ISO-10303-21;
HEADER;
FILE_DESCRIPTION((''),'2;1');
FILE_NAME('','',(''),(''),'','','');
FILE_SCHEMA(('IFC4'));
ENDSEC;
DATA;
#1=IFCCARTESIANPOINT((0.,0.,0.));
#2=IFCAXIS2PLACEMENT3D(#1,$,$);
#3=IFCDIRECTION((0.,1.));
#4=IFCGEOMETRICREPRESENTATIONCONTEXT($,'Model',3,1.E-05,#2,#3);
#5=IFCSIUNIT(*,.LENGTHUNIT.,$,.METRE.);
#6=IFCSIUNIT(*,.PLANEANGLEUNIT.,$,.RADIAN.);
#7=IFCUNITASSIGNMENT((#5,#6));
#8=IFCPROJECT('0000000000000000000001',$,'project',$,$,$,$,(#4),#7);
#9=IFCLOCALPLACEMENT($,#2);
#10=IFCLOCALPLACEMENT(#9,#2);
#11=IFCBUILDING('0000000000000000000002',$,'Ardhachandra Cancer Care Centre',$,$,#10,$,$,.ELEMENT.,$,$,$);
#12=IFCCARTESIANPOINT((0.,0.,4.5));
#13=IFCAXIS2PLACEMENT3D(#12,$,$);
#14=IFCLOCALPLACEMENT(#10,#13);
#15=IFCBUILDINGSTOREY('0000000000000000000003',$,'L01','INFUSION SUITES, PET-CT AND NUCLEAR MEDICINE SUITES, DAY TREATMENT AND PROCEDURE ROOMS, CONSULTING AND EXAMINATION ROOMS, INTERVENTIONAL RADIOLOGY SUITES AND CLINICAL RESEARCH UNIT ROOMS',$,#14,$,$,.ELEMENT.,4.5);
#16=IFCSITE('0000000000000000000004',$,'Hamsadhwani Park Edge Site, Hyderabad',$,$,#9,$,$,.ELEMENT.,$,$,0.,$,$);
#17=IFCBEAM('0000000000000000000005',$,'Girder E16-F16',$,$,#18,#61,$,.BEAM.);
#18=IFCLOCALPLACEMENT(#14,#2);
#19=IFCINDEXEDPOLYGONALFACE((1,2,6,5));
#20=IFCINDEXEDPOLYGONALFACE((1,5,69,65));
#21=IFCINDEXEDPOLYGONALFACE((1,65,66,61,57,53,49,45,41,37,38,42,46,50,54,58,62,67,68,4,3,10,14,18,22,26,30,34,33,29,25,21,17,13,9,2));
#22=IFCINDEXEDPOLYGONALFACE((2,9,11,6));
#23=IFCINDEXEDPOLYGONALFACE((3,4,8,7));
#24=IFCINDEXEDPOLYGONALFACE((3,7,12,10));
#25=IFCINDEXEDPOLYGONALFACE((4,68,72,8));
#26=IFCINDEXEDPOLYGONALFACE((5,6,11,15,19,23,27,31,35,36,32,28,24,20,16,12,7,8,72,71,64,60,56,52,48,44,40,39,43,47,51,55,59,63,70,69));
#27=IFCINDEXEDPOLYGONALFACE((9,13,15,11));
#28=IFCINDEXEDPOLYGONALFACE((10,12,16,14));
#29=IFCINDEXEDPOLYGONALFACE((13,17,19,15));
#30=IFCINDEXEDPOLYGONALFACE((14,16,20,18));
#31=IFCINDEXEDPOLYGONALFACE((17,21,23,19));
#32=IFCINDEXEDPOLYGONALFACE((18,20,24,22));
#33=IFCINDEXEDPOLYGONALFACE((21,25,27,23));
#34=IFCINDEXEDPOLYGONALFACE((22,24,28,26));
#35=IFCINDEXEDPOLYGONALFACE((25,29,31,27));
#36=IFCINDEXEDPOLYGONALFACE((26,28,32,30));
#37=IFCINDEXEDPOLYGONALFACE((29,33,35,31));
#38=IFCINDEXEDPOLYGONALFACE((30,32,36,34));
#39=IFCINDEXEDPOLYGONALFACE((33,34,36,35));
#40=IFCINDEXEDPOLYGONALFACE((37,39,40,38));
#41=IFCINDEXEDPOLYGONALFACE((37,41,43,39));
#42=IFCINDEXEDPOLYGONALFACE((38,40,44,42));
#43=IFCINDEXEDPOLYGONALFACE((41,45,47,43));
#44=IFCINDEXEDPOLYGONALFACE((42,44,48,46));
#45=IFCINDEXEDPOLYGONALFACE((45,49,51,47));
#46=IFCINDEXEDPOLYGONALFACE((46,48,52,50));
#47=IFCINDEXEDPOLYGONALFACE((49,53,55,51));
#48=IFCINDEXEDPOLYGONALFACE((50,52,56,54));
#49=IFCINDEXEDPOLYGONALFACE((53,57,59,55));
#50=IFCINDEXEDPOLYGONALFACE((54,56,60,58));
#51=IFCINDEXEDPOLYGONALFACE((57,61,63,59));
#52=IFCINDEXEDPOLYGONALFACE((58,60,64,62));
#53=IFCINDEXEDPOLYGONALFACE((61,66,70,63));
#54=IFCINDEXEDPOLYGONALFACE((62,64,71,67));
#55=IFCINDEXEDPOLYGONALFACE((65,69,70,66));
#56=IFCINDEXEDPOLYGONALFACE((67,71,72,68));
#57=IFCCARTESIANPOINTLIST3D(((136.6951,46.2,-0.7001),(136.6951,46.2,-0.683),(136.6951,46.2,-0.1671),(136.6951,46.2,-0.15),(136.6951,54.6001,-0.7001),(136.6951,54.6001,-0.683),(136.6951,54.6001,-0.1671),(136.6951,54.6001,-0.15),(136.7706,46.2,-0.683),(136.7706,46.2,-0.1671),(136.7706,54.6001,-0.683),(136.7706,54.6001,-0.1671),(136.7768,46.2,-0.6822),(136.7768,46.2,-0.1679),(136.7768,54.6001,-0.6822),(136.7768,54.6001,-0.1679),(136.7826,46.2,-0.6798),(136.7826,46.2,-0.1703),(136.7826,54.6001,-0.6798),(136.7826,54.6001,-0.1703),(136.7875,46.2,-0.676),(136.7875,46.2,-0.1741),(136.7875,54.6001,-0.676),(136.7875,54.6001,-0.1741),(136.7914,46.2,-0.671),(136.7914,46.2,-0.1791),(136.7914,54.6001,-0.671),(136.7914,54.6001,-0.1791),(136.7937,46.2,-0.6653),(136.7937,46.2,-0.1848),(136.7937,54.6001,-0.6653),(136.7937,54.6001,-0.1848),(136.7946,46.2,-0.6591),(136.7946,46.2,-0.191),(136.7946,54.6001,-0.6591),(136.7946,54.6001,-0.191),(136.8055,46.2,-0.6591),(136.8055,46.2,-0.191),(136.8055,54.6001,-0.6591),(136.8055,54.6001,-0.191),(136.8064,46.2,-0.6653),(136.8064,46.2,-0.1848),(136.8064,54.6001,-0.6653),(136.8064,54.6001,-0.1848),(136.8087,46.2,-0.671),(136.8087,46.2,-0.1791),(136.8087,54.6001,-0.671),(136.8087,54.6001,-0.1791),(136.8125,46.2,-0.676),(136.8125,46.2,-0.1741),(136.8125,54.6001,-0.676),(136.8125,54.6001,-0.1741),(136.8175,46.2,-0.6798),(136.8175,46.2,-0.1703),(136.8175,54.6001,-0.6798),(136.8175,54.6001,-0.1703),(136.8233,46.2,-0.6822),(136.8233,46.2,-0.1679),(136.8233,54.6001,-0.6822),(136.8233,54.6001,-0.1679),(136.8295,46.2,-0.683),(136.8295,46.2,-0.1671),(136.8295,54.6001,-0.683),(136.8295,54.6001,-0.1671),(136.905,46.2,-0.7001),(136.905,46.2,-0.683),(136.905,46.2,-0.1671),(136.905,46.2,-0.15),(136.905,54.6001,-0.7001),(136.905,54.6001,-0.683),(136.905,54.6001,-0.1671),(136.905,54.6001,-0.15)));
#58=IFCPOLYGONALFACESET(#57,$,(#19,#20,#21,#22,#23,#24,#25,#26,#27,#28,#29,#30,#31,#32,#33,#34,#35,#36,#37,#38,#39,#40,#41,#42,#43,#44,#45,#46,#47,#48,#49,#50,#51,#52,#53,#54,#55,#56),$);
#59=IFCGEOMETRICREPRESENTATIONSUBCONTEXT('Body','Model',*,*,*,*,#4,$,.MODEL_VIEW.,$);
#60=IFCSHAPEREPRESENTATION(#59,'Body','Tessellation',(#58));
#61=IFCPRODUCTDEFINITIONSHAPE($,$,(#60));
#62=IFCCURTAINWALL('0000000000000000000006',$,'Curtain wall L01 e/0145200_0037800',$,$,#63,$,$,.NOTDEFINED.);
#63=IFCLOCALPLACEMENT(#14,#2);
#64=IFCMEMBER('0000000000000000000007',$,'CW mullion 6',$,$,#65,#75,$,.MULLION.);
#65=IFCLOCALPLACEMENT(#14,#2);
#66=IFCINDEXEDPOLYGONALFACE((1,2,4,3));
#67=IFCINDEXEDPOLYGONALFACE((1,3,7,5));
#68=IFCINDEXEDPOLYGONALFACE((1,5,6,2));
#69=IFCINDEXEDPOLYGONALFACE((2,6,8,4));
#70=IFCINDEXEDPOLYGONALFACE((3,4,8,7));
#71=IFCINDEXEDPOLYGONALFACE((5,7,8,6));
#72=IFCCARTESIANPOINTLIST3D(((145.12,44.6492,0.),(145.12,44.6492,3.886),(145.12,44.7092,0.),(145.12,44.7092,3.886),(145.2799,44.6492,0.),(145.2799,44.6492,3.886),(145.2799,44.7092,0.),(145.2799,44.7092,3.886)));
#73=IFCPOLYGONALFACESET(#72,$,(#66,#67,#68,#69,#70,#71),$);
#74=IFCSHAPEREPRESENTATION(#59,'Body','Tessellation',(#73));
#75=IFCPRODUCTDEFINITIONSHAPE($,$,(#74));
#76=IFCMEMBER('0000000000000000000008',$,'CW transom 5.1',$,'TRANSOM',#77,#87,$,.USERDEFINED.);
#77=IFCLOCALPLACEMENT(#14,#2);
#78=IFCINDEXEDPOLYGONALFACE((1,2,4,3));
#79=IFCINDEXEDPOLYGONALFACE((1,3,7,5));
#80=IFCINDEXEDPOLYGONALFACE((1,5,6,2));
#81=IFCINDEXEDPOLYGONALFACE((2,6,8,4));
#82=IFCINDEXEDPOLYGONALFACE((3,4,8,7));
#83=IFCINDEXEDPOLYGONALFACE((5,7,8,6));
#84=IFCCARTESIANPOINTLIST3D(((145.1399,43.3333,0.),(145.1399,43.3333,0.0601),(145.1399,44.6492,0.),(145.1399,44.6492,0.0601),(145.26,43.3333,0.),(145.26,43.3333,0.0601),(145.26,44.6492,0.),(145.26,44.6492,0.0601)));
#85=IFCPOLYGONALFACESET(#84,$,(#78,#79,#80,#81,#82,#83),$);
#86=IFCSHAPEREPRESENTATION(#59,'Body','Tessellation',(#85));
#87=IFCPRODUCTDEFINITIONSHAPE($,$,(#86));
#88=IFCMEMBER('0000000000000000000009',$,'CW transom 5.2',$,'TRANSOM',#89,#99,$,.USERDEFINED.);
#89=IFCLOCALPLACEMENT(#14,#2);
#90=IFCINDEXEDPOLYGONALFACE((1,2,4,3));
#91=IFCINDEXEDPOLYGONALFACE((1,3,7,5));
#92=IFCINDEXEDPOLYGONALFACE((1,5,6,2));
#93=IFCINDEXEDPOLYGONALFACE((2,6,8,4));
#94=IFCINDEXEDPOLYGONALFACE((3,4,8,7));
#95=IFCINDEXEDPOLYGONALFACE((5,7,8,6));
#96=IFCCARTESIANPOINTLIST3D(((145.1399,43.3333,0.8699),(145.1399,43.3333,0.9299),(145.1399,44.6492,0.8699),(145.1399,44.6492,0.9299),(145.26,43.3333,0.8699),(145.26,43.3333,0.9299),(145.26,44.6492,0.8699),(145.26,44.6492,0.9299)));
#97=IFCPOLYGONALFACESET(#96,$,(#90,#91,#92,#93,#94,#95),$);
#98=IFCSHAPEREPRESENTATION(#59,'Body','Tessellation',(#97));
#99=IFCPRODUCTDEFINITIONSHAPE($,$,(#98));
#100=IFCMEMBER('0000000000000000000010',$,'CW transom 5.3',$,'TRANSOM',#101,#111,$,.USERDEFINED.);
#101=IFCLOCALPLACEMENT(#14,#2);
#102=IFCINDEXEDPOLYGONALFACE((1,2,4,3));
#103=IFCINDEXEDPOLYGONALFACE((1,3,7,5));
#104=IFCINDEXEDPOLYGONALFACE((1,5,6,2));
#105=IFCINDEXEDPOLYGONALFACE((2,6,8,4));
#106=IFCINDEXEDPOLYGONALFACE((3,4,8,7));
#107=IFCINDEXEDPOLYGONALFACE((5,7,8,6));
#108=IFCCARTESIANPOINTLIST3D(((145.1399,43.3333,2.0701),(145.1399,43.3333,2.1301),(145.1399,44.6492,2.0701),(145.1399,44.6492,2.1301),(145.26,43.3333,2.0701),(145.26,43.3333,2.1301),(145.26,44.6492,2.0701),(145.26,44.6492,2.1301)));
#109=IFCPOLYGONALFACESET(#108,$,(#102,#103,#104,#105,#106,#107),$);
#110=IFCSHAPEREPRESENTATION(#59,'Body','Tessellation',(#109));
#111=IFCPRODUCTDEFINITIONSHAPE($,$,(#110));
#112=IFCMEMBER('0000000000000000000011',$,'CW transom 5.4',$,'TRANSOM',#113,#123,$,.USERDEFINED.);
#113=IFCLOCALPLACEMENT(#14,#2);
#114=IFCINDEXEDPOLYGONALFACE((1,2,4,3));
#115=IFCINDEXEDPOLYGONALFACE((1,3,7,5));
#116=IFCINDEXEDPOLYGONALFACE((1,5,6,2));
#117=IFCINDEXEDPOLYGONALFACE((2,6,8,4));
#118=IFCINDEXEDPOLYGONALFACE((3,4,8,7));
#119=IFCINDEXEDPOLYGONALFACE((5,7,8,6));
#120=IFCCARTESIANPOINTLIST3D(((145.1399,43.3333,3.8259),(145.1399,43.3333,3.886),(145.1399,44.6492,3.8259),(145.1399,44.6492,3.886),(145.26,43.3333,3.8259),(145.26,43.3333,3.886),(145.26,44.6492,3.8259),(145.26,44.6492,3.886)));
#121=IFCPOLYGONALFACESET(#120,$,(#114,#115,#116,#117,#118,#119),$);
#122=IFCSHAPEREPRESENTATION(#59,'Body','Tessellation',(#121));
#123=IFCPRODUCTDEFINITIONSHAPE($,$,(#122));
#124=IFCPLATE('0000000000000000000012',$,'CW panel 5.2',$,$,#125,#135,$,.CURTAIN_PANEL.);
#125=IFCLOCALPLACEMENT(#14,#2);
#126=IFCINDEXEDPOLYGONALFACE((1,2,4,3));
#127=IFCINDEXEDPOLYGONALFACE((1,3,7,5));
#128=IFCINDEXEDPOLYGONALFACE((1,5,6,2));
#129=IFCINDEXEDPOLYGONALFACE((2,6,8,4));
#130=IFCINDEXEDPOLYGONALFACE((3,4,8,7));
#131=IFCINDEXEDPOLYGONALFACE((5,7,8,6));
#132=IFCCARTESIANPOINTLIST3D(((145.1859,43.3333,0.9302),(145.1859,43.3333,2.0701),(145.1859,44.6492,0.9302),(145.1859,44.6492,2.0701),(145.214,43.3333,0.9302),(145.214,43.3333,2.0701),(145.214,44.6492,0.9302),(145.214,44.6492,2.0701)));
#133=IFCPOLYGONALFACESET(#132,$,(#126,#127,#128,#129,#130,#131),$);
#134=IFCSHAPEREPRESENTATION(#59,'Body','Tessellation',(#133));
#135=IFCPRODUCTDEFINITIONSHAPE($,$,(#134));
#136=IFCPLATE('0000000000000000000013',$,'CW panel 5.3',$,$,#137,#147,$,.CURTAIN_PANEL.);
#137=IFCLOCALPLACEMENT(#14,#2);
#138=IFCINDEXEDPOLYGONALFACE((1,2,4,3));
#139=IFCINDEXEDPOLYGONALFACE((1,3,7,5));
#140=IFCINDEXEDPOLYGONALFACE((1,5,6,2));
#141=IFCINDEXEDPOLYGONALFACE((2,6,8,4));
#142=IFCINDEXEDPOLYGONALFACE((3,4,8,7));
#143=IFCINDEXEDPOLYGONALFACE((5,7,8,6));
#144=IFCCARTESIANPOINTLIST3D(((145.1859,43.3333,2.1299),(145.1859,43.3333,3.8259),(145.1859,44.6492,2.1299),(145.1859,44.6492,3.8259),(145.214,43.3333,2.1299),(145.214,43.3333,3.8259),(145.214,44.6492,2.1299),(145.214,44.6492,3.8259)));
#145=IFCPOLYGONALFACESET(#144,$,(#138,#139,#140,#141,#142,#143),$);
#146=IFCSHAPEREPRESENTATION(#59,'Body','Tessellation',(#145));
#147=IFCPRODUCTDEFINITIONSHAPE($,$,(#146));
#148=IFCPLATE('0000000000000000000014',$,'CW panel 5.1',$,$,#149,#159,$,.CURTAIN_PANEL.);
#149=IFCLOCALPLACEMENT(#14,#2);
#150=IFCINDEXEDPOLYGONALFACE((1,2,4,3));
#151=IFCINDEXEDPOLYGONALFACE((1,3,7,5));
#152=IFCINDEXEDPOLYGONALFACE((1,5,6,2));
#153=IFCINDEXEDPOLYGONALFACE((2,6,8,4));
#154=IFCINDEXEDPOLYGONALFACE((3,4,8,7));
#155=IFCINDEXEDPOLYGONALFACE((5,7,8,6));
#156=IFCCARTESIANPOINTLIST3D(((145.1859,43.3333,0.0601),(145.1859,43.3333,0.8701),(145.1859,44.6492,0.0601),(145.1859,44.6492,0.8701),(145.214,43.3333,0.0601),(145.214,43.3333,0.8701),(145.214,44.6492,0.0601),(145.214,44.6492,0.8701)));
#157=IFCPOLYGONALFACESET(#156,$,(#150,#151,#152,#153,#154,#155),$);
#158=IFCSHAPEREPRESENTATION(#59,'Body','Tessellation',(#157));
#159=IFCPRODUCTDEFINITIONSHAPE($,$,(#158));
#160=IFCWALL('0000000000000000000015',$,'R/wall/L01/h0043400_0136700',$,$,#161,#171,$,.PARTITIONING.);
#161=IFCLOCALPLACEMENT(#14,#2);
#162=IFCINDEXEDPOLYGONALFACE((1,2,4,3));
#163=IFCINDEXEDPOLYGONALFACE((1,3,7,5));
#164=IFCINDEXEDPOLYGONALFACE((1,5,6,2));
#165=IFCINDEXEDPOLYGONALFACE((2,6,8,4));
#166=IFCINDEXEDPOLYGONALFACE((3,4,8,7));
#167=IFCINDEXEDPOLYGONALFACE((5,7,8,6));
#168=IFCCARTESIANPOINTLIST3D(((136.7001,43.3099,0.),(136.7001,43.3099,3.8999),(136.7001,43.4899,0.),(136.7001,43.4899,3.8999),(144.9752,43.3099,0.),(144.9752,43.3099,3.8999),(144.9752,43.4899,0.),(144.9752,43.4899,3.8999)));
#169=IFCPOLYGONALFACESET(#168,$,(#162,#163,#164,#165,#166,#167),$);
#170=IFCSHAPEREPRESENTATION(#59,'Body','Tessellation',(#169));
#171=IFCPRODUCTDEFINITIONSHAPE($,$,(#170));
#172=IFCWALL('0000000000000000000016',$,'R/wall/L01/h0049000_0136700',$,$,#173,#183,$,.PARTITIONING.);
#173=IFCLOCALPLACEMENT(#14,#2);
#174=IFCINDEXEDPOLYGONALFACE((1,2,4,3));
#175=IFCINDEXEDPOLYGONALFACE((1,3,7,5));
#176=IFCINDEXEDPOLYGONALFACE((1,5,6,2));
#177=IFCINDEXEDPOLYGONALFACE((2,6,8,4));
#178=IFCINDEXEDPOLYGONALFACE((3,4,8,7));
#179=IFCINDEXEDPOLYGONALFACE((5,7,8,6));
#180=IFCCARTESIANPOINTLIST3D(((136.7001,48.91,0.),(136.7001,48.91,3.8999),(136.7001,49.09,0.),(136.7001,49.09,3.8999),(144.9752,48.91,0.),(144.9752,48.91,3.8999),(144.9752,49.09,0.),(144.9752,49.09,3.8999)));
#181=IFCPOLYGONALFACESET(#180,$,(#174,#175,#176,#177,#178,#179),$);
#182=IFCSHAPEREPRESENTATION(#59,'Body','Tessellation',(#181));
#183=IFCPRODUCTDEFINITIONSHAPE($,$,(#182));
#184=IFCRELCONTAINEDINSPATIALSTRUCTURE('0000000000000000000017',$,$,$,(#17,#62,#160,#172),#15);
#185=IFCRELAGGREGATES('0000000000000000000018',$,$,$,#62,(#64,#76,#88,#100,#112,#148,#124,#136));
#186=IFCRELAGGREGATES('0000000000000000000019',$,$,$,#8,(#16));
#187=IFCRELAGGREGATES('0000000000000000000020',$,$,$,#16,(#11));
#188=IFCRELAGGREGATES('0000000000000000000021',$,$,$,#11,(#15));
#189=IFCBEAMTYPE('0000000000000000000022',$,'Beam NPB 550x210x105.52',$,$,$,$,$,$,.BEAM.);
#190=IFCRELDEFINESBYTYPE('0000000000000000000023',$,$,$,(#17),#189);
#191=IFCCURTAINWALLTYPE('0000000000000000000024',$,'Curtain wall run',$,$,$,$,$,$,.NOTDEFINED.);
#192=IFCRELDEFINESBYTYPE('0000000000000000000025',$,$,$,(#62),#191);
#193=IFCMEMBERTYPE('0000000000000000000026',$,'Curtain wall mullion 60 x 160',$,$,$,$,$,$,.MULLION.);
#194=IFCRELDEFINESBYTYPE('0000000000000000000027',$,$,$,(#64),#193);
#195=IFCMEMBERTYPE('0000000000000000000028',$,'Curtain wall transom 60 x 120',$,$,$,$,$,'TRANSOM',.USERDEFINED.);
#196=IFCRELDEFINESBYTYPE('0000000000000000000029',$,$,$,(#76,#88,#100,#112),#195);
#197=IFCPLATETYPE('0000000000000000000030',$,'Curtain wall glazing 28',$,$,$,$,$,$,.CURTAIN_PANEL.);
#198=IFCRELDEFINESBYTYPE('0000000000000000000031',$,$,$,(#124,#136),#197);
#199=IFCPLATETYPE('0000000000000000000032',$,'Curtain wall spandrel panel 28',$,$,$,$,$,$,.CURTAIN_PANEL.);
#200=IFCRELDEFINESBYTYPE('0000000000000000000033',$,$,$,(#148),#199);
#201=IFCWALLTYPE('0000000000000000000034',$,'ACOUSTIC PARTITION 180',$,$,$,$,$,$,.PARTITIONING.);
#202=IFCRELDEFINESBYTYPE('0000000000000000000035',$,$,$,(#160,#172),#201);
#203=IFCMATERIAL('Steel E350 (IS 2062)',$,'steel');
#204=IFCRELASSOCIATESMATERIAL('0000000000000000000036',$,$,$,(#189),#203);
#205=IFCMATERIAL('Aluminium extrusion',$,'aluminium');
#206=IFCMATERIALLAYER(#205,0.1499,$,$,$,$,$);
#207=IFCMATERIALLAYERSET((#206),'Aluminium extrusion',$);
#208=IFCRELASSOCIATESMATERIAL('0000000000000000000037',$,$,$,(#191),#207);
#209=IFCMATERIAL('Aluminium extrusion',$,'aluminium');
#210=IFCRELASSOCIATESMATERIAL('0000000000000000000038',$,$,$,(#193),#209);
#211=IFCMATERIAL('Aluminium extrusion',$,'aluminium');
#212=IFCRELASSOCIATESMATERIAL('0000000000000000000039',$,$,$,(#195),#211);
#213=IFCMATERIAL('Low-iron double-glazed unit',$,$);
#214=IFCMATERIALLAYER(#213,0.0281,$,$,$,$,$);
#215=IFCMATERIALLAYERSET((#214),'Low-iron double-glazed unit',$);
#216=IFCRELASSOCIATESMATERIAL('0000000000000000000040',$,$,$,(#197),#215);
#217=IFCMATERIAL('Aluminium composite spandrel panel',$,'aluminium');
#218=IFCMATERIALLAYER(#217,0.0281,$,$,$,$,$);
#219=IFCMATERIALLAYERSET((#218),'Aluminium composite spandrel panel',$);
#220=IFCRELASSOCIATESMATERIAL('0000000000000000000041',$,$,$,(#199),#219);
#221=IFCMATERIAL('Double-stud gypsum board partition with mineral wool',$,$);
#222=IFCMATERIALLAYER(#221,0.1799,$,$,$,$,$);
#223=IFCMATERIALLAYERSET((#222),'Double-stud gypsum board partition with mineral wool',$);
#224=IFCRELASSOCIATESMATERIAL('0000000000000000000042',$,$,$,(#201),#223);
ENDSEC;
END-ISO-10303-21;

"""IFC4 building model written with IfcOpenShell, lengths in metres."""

from ifc_helpers import new_model, si_unit, direction, frame, frame_2d, origin, origin_2d, place, context, subcontext, project, spatial, rectangle, i_section, extrude, material, layer, layer_set, material_profile, profile_set, type_object, element, aggregate, save


model = new_model("IFC4")

# Units and contexts
model_context = context("Model", 3, precision=1e-05, world=origin(), true_north=direction((0.0, 1.0)))
body_context = subcontext(model_context, "Body", "Model", "MODEL_VIEW")
ifc_project = project(units=[si_unit("LENGTHUNIT", "METRE"), si_unit("PLANEANGLEUNIT", "RADIAN")], contexts=[model_context])

# Site, building, storey
site_placement = place(None, origin())
site = spatial("IfcSite", under=ifc_project, at=site_placement, Name="Hamsadhwani Park Edge Site, Hyderabad", CompositionType="ELEMENT", RefElevation=0.0)
building_placement = place(site_placement, origin())
building = spatial("IfcBuilding", under=site, at=building_placement, Name="Ardhachandra Cancer Care Centre", CompositionType="ELEMENT")
storey_placement = place(building_placement, frame((0.0, 0.0, 4.5)))
storey = spatial("IfcBuildingStorey", under=building, at=storey_placement, Name="L01", Description="INFUSION SUITES, PET-CT AND NUCLEAR MEDICINE SUITES, DAY TREATMENT AND PROCEDURE ROOMS, CONSULTING AND EXAMINATION ROOMS, INTERVENTIONAL RADIOLOGY SUITES AND CLINICAL RESEARCH UNIT ROOMS", CompositionType="ELEMENT", Elevation=4.5)

# Beam
ifc_material_1 = material(Name="Steel E350 (IS 2062)", Category="steel")
ifc_material_profile_1 = material_profile(ifc_material_1, i_section(OverallWidth=0.21, OverallDepth=0.55, WebThickness=0.011, FlangeThickness=0.0171, FilletRadius=0.0239, at=origin_2d()), Name="NPB 550x210x105.52")
ifc_profile_set_1 = profile_set([ifc_material_profile_1], Name="Steel E350 (IS 2062)")
beam_type_1 = type_object("IfcBeamType", Name="Beam NPB 550x210x105.52", PredefinedType="BEAM", material=ifc_profile_set_1)
beam_1_placement = place(storey_placement, frame((136.8, 46.2, -0.425), z_axis=(0.0, 1.0, 0.0), x_axis=(-1.0, 0.0, 0.0)))
element("IfcBeam", 1, at=beam_1_placement, inside=storey, type_object=beam_type_1, Name="Girder E16-F16", PredefinedType="BEAM", context=body_context, shape_type="SweptSolid", body=[
    extrude(i_section(OverallWidth=0.21, OverallDepth=0.55, WebThickness=0.011, FlangeThickness=0.0171, FilletRadius=0.0239, at=origin_2d()), origin(), (0.0, 0.0, 1.0), 8.4001),
])

# Curtain wall, members, plates
ifc_material_2 = material(Name="Aluminium extrusion", Category="aluminium")
ifc_layer_1 = layer(ifc_material_2, 0.1499)
ifc_layer_set_1 = layer_set([ifc_layer_1], Name="Aluminium extrusion")
curtain_wall_type = type_object("IfcCurtainWallType", Name="Curtain wall run", PredefinedType="NOTDEFINED", material=ifc_layer_set_1)
curtain_wall_placement = place(storey_placement, origin())
curtain_wall = element("IfcCurtainWall", 2, at=curtain_wall_placement, inside=storey, type_object=curtain_wall_type, Name="Curtain wall L01 e/0145200_0037800", PredefinedType="NOTDEFINED")
ifc_material_3 = material(Name="Aluminium extrusion", Category="aluminium")
ifc_material_profile_2 = material_profile(ifc_material_3, rectangle(XDim=0.1599, YDim=0.0601, at=origin_2d()), Name="Curtain wall mullion 60 x 160")
ifc_profile_set_2 = profile_set([ifc_material_profile_2], Name="Aluminium extrusion")
member_type_1 = type_object("IfcMemberType", Name="Curtain wall mullion 60 x 160", PredefinedType="MULLION", material=ifc_profile_set_2)
member_1_placement = place(storey_placement, frame((145.2, 44.6792, 0.0), z_axis=(0.0, 0.0, 1.0), x_axis=(-1.0, 0.0, 0.0)))
member_1 = element("IfcMember", 3, at=member_1_placement, type_object=member_type_1, Name="CW mullion 6", PredefinedType="MULLION", context=body_context, shape_type="SweptSolid", body=[
    extrude(rectangle(XDim=0.1599, YDim=0.0601, at=origin_2d()), origin(), (0.0, 0.0, 1.0), 3.886),
])
ifc_material_4 = material(Name="Aluminium extrusion", Category="aluminium")
ifc_material_profile_3 = material_profile(ifc_material_4, rectangle(XDim=0.1201, YDim=0.0601, at=origin_2d()), Name="Curtain wall transom 60 x 120")
ifc_profile_set_3 = profile_set([ifc_material_profile_3], Name="Aluminium extrusion")
member_type_2 = type_object("IfcMemberType", Name="Curtain wall transom 60 x 120", ElementType="TRANSOM", PredefinedType="USERDEFINED", material=ifc_profile_set_3)
member_2_placement = place(storey_placement, frame((145.2, 43.3333, 0.03), z_axis=(0.0, 1.0, 0.0), x_axis=(-1.0, 0.0, 0.0)))
member_2 = element("IfcMember", 4, at=member_2_placement, type_object=member_type_2, Name="CW transom 5.1", ObjectType="TRANSOM", PredefinedType="USERDEFINED", context=body_context, shape_type="SweptSolid", body=[
    extrude(rectangle(XDim=0.1201, YDim=0.0601, at=origin_2d()), origin(), (0.0, 0.0, 1.0), 1.3159),
])
member_3_placement = place(storey_placement, frame((145.2, 43.3333, 0.8999), z_axis=(0.0, 1.0, 0.0), x_axis=(-1.0, 0.0, 0.0)))
member_3 = element("IfcMember", 5, at=member_3_placement, type_object=member_type_2, Name="CW transom 5.2", ObjectType="TRANSOM", PredefinedType="USERDEFINED", context=body_context, shape_type="SweptSolid", body=[
    extrude(rectangle(XDim=0.1201, YDim=0.0601, at=origin_2d()), origin(), (0.0, 0.0, 1.0), 1.3159),
])
member_4_placement = place(storey_placement, frame((145.2, 43.3333, 2.1001), z_axis=(0.0, 1.0, 0.0), x_axis=(-1.0, 0.0, 0.0)))
member_4 = element("IfcMember", 6, at=member_4_placement, type_object=member_type_2, Name="CW transom 5.3", ObjectType="TRANSOM", PredefinedType="USERDEFINED", context=body_context, shape_type="SweptSolid", body=[
    extrude(rectangle(XDim=0.1201, YDim=0.0601, at=origin_2d()), origin(), (0.0, 0.0, 1.0), 1.3159),
])
member_5_placement = place(storey_placement, frame((145.2, 43.3333, 3.856), z_axis=(0.0, 1.0, 0.0), x_axis=(-1.0, 0.0, 0.0)))
member_5 = element("IfcMember", 7, at=member_5_placement, type_object=member_type_2, Name="CW transom 5.4", ObjectType="TRANSOM", PredefinedType="USERDEFINED", context=body_context, shape_type="SweptSolid", body=[
    extrude(rectangle(XDim=0.1201, YDim=0.0601, at=origin_2d()), origin(), (0.0, 0.0, 1.0), 1.3159),
])
ifc_material_5 = material(Name="Low-iron double-glazed unit")
ifc_layer_2 = layer(ifc_material_5, 0.0281)
ifc_layer_set_2 = layer_set([ifc_layer_2], Name="Low-iron double-glazed unit")
plate_type_1 = type_object("IfcPlateType", Name="Curtain wall glazing 28", PredefinedType="CURTAIN_PANEL", material=ifc_layer_set_2)
plate_1_placement = place(storey_placement, frame((145.2, 43.9912, 0.9302), z_axis=(0.0, 0.0, 1.0), x_axis=(0.0, 1.0, 0.0)))
plate_1 = element("IfcPlate", 8, at=plate_1_placement, type_object=plate_type_1, Name="CW panel 5.2", PredefinedType="CURTAIN_PANEL", context=body_context, shape_type="SweptSolid", body=[
    extrude(rectangle(XDim=1.3159, YDim=0.0281, at=origin_2d()), origin(), (0.0, 0.0, 1.0), 1.1399),
])
plate_2_placement = place(storey_placement, frame((145.2, 43.9912, 2.1299), z_axis=(0.0, 0.0, 1.0), x_axis=(0.0, 1.0, 0.0)))
plate_2 = element("IfcPlate", 9, at=plate_2_placement, type_object=plate_type_1, Name="CW panel 5.3", PredefinedType="CURTAIN_PANEL", context=body_context, shape_type="SweptSolid", body=[
    extrude(rectangle(XDim=1.3159, YDim=0.0281, at=origin_2d()), origin(), (0.0, 0.0, 1.0), 1.696),
])
ifc_material_6 = material(Name="Aluminium composite spandrel panel", Category="aluminium")
ifc_layer_3 = layer(ifc_material_6, 0.0281)
ifc_layer_set_3 = layer_set([ifc_layer_3], Name="Aluminium composite spandrel panel")
plate_type_2 = type_object("IfcPlateType", Name="Curtain wall spandrel panel 28", PredefinedType="CURTAIN_PANEL", material=ifc_layer_set_3)
plate_3_placement = place(storey_placement, frame((145.2, 43.9912, 0.0601), z_axis=(0.0, 0.0, 1.0), x_axis=(0.0, 1.0, 0.0)))
plate_3 = element("IfcPlate", 10, at=plate_3_placement, type_object=plate_type_2, Name="CW panel 5.1", PredefinedType="CURTAIN_PANEL", context=body_context, shape_type="SweptSolid", body=[
    extrude(rectangle(XDim=1.3159, YDim=0.0281, at=origin_2d()), origin(), (0.0, 0.0, 1.0), 0.8101),
])
aggregate(curtain_wall, [member_1, member_2, member_3, member_4, member_5, plate_3, plate_1, plate_2])

# Walls
ifc_material_7 = material(Name="Double-stud gypsum board partition with mineral wool")
ifc_layer_4 = layer(ifc_material_7, 0.1799)
ifc_layer_set_4 = layer_set([ifc_layer_4], Name="Double-stud gypsum board partition with mineral wool")
wall_type_1 = type_object("IfcWallType", Name="ACOUSTIC PARTITION 180", PredefinedType="PARTITIONING", material=ifc_layer_set_4)
for number, where, z_axis, x_axis, name in (
    (11, (136.7, 43.3999, 0.0), (0.0, 0.0, 1.0), (1.0, 0.0, 0.0), "R/wall/L01/h0043400_0136700"),
    (12, (136.7, 49.0, 0.0), (0.0, 0.0, 1.0), (1.0, 0.0, 0.0), "R/wall/L01/h0049000_0136700"),
):
    element("IfcWall", number, at=place(storey_placement, frame(where, z_axis=z_axis, x_axis=x_axis)), inside=storey, type_object=wall_type_1, Name=name, PredefinedType="PARTITIONING", context=body_context, shape_type="SweptSolid", body=[
        extrude(rectangle(XDim=8.2751, YDim=0.1799, at=frame_2d((4.1377, 0.0))), origin(), (0.0, 0.0, 1.0), 3.8999),
    ])

save(model, "model.ifc")
